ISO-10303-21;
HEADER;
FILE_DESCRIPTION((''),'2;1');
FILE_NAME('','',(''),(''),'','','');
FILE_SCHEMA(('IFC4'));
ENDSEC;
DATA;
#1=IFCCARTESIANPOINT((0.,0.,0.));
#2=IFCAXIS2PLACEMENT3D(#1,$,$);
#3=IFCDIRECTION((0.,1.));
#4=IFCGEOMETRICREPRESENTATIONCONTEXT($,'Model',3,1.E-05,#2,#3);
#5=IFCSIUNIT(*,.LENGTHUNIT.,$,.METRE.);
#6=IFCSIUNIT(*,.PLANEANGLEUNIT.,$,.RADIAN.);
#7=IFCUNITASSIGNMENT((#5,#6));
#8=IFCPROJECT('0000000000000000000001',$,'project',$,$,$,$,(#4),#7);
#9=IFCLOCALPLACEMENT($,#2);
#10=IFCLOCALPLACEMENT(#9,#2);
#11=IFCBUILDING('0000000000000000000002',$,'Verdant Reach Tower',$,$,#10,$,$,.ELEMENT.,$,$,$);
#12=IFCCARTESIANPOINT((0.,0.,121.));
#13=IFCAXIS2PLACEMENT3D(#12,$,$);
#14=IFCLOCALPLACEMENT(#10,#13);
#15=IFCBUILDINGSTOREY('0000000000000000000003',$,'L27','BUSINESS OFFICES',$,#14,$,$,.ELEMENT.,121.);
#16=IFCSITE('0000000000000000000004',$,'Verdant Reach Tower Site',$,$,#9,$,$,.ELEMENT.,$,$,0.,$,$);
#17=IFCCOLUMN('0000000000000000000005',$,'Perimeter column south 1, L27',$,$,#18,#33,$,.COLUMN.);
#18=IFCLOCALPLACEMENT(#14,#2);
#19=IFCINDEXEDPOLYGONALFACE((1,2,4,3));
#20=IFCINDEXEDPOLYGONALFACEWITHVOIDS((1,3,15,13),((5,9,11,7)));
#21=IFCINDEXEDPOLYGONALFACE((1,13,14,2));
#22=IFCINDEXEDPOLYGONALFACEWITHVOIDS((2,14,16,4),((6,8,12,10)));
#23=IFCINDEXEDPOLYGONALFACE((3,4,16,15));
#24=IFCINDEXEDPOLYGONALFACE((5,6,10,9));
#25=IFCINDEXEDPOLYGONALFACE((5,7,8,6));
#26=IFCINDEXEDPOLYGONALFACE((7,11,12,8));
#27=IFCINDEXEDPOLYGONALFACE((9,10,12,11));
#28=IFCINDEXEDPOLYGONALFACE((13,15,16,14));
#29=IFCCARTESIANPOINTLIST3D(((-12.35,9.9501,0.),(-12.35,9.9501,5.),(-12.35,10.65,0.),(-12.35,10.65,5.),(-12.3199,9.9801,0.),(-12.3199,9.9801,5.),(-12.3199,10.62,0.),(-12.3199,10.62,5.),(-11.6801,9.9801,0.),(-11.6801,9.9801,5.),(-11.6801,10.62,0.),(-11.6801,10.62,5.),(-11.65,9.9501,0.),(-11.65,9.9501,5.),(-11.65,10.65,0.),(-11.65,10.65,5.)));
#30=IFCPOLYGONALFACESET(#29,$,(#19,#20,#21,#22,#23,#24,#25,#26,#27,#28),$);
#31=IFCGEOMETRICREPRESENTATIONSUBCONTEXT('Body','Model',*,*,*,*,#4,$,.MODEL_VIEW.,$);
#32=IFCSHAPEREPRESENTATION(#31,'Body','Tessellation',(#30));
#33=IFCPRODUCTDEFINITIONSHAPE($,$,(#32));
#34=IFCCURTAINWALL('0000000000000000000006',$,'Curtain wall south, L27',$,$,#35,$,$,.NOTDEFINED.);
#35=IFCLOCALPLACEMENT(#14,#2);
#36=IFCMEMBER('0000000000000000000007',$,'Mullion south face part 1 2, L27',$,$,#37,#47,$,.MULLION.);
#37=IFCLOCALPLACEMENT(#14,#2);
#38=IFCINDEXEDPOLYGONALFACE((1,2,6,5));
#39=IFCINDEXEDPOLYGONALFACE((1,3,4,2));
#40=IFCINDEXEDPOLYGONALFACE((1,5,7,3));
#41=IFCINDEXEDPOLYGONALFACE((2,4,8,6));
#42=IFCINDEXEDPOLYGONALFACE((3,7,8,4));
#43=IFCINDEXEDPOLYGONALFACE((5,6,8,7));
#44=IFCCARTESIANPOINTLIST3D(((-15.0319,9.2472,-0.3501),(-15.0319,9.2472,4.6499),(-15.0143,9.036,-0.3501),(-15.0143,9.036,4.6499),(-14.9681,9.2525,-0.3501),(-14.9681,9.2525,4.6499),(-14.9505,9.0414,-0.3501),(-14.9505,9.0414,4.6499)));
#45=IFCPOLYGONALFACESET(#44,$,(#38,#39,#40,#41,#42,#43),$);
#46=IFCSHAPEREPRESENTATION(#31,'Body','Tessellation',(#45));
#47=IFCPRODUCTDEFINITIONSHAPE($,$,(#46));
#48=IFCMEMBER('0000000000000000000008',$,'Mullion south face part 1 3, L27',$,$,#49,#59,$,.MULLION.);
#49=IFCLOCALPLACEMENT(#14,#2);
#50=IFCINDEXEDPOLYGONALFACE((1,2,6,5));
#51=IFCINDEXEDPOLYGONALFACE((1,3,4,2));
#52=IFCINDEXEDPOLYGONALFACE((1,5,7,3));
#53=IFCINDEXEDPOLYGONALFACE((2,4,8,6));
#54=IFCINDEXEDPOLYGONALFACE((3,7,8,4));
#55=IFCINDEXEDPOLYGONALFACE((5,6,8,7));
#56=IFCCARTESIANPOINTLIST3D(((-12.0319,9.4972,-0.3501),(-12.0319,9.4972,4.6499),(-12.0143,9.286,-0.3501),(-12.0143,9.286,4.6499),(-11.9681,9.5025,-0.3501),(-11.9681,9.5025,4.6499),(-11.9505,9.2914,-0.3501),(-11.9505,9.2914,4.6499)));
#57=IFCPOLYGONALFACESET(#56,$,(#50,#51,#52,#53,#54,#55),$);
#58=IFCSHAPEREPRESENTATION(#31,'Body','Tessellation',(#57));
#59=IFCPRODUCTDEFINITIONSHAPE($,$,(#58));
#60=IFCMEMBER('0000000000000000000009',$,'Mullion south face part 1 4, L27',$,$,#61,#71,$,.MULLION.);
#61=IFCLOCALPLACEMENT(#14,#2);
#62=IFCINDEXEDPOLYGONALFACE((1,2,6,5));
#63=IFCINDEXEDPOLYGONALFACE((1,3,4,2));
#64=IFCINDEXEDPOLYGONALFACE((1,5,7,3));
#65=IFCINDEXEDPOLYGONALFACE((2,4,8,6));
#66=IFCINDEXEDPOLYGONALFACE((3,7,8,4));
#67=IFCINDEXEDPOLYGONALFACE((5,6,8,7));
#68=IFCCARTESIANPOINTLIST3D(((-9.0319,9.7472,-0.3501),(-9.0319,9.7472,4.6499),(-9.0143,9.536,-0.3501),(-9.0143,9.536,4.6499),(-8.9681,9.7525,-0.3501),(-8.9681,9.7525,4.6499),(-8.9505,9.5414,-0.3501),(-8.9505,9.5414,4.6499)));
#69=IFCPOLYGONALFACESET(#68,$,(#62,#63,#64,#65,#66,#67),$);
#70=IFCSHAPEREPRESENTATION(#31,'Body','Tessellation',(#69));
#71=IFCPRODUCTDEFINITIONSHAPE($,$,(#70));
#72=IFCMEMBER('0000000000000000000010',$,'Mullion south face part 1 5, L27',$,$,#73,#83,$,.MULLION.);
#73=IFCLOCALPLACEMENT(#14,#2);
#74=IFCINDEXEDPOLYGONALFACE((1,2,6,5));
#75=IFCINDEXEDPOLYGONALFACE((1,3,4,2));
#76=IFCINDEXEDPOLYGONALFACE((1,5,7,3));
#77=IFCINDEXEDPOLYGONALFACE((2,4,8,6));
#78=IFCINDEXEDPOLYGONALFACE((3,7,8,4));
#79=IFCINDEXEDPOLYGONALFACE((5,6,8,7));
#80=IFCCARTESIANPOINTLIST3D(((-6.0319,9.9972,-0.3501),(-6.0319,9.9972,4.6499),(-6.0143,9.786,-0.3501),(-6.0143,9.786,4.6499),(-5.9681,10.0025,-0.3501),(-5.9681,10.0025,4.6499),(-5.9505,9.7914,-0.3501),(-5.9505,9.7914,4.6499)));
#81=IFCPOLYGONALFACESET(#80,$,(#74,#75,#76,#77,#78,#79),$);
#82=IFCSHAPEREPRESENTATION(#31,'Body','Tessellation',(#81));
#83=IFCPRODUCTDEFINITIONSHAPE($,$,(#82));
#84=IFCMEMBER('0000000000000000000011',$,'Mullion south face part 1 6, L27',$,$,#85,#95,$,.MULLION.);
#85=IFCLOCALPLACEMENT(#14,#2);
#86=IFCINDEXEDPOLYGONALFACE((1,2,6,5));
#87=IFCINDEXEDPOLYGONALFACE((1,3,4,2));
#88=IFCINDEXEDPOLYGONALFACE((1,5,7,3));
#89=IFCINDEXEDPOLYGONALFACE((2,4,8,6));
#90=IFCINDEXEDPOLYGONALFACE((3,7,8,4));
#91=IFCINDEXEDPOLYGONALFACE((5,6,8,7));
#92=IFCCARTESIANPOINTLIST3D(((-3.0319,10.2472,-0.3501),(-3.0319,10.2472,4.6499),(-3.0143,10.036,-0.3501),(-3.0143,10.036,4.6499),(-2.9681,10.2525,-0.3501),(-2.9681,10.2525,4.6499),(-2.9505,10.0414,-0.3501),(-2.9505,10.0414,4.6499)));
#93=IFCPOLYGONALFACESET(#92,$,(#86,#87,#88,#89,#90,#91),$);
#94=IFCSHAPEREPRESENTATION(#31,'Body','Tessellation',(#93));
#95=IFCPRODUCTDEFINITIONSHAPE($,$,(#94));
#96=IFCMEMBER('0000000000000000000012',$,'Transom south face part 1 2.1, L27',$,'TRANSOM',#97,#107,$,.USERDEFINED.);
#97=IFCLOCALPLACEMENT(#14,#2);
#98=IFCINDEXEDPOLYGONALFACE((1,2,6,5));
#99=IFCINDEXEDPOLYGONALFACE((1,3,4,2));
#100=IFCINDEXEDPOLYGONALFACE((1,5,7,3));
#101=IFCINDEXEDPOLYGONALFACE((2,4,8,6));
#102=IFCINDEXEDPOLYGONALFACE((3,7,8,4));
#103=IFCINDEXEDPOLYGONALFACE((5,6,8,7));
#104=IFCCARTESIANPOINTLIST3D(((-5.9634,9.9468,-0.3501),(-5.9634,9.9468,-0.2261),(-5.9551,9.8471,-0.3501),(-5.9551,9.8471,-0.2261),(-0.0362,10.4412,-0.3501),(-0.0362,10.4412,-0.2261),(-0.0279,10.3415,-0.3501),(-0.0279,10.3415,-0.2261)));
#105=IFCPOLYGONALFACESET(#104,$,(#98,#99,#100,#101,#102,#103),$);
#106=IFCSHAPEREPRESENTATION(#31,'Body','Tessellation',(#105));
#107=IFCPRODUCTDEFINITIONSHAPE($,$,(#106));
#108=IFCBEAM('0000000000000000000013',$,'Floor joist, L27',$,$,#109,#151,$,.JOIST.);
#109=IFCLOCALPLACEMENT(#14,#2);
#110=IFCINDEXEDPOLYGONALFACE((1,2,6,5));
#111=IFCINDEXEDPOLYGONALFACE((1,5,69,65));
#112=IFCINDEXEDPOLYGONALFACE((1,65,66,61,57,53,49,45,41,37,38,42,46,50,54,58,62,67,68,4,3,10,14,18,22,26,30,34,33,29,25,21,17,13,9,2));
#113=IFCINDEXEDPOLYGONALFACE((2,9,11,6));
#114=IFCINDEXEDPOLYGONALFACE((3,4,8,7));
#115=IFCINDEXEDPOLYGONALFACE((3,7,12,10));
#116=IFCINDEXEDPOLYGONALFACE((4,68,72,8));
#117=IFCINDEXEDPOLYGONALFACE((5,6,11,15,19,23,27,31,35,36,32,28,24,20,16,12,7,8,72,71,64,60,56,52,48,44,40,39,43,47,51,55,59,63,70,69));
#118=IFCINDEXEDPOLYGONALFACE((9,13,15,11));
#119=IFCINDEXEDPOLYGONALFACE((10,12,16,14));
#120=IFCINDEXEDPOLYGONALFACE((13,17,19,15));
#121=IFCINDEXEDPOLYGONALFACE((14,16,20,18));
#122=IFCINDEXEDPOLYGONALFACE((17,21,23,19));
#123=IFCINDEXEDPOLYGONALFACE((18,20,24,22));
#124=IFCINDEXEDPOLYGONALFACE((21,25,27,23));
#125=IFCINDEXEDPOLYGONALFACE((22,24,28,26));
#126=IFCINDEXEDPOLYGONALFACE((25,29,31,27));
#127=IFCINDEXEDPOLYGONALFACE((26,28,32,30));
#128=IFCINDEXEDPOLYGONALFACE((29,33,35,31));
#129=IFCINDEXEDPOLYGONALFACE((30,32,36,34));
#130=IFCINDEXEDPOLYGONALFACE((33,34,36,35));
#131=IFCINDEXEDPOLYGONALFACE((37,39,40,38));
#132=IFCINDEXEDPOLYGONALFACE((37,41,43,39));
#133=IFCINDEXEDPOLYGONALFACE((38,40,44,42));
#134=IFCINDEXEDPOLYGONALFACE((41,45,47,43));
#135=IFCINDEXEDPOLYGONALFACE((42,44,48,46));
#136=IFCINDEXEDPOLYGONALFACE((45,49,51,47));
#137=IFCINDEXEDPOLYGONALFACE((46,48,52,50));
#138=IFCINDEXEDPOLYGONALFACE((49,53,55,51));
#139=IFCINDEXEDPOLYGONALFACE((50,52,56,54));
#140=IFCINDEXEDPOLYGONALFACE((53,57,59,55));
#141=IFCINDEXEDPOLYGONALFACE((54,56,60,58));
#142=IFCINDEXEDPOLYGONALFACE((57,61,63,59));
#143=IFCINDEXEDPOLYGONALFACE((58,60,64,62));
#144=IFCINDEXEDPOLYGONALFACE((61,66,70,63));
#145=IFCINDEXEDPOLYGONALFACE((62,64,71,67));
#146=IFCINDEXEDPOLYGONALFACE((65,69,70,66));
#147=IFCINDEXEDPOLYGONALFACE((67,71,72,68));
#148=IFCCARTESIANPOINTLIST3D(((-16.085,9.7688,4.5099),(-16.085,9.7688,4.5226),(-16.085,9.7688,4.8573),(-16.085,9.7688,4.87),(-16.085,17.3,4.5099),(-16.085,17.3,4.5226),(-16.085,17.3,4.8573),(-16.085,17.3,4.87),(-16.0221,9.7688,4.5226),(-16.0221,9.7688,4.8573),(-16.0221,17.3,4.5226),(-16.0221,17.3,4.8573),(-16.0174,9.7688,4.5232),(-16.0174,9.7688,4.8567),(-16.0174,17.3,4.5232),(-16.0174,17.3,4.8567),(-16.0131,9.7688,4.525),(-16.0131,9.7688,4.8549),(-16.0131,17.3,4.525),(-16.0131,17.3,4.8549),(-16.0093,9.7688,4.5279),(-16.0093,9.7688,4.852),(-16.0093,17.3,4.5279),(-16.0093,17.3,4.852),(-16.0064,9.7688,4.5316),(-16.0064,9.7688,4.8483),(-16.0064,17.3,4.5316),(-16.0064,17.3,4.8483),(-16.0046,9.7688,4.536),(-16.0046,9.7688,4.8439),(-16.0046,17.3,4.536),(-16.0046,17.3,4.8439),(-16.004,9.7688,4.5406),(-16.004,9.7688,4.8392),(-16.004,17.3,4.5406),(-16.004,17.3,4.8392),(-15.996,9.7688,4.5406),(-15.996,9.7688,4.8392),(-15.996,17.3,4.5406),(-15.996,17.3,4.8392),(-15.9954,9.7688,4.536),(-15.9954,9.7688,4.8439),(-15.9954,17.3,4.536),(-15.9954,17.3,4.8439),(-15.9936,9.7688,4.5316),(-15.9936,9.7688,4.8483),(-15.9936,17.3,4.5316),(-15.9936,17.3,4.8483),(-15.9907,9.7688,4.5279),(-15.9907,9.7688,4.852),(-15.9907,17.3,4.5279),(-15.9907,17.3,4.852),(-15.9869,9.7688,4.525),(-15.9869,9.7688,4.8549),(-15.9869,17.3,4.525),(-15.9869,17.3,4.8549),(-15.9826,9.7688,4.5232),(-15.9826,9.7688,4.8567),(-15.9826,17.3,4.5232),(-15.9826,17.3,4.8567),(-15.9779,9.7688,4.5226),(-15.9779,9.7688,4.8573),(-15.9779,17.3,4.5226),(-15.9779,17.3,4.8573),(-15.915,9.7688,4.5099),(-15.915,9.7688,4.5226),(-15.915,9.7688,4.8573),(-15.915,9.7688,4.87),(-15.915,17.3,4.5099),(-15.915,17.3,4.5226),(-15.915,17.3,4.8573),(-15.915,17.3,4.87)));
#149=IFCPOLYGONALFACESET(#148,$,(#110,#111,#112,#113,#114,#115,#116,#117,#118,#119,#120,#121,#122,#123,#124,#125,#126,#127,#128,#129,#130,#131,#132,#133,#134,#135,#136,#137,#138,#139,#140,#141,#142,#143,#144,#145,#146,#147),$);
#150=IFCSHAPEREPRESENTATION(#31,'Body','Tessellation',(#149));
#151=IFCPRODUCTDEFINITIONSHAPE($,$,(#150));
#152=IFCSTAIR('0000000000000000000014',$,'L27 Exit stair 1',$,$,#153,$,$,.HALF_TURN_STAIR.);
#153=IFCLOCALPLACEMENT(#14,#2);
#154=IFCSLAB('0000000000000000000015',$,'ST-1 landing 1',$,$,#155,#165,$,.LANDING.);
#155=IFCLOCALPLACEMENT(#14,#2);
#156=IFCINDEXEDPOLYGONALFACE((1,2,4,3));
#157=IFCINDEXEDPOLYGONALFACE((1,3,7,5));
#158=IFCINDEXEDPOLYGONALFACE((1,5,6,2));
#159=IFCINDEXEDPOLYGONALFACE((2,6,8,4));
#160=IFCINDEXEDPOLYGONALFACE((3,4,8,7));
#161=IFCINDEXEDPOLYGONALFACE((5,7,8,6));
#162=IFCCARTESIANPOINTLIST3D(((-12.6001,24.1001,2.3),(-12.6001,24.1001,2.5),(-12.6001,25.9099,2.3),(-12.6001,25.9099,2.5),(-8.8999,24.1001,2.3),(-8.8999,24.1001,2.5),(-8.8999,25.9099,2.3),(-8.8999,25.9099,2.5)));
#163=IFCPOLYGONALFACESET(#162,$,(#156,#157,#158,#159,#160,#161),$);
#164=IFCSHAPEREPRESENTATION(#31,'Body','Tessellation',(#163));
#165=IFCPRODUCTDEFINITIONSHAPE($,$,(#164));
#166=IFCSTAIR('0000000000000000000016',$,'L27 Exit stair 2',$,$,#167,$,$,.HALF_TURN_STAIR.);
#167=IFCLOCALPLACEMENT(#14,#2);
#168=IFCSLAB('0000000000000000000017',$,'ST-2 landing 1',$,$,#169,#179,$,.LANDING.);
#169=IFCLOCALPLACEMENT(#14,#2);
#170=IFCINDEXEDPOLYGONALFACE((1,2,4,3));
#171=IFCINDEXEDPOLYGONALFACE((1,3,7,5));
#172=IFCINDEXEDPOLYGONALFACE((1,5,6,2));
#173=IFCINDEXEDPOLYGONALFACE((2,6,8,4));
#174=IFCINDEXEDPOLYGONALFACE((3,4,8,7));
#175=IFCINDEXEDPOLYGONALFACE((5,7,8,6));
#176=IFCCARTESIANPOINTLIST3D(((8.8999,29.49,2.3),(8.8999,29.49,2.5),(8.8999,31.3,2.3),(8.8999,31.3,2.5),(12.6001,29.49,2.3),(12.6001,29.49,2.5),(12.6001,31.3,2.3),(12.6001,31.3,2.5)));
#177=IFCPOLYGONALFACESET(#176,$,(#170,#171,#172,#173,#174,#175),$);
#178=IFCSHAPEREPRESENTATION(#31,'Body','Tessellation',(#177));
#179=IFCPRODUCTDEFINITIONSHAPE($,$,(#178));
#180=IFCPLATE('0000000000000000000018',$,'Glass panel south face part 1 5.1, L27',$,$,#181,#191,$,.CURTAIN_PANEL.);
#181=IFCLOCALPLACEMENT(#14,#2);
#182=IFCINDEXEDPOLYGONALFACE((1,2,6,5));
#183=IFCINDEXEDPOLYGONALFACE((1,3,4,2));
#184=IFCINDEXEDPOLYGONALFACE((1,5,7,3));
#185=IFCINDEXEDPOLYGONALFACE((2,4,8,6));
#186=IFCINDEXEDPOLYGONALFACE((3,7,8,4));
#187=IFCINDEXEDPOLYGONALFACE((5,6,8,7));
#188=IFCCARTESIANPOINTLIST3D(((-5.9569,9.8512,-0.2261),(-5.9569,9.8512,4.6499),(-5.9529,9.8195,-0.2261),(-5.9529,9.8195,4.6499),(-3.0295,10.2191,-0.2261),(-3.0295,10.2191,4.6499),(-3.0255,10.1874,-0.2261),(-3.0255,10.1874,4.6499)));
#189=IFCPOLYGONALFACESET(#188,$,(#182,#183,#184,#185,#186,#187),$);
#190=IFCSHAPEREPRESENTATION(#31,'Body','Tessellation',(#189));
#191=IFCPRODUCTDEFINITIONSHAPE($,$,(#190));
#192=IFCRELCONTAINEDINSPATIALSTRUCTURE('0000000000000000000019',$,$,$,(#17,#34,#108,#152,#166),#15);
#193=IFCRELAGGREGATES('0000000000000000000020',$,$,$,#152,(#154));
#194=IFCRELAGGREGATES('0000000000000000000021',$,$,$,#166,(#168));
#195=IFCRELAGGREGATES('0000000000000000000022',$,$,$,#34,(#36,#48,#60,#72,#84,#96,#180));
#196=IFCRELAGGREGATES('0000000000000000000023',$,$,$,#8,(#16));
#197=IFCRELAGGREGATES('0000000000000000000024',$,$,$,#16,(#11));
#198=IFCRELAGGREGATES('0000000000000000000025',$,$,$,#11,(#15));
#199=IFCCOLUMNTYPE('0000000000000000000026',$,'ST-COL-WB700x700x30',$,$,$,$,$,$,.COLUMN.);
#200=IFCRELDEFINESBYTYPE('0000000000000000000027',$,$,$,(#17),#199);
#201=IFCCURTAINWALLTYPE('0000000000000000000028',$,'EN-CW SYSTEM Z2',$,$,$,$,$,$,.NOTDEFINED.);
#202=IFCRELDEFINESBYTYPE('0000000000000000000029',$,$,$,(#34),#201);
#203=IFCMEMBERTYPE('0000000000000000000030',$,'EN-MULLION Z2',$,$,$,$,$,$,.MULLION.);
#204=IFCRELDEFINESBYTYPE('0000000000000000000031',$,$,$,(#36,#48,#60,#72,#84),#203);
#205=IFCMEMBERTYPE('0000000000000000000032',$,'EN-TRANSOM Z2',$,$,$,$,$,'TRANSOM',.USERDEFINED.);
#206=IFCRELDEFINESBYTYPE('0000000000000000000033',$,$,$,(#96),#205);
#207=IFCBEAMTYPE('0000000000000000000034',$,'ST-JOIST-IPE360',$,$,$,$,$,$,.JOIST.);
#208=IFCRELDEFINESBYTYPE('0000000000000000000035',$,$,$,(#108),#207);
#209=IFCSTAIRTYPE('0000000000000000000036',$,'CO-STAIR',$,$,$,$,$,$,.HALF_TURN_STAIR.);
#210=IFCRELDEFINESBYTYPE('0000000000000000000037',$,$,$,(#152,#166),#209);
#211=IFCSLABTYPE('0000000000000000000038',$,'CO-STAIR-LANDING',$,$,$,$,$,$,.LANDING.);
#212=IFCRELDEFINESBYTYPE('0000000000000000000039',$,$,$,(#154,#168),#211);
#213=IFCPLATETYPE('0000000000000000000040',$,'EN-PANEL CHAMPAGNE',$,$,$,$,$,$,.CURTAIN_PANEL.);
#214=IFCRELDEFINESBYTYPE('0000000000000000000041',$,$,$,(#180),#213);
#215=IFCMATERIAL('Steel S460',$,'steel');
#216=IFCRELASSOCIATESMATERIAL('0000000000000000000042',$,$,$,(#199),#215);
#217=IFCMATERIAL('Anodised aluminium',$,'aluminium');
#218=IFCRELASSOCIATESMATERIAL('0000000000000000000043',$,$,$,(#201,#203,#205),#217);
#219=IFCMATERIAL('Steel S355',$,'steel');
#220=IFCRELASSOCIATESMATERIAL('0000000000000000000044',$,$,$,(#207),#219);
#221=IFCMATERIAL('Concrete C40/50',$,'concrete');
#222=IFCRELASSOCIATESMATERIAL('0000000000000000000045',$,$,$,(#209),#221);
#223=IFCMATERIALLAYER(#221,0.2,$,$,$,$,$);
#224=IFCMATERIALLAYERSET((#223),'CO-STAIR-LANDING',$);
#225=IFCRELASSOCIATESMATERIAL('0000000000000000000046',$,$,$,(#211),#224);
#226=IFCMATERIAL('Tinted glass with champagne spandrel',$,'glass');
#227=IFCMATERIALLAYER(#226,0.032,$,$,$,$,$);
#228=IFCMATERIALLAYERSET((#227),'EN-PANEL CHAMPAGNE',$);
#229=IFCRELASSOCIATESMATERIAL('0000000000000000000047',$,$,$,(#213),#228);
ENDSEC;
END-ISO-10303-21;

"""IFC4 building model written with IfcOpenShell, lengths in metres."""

from ifc_helpers import new_model, si_unit, direction, frame, origin, origin_2d, place, context, subcontext, project, spatial, polyline, rectangle, hollow_rectangle, i_section, outline, extrude, material, layer, layer_set, material_profile, profile_set, type_object, element, aggregate, save


model = new_model("IFC4")

# Units and contexts
model_context = context("Model", 3, precision=1e-05, world=origin(), true_north=direction((0.0, 1.0)))
body_context = subcontext(model_context, "Body", "Model", "MODEL_VIEW")
ifc_project = project(units=[si_unit("LENGTHUNIT", "METRE"), si_unit("PLANEANGLEUNIT", "RADIAN")], contexts=[model_context])

# Site, building, storey
site_placement = place(None, origin())
site = spatial("IfcSite", under=ifc_project, at=site_placement, Name="Verdant Reach Tower Site", CompositionType="ELEMENT", RefElevation=0.0)
building_placement = place(site_placement, origin())
building = spatial("IfcBuilding", under=site, at=building_placement, Name="Verdant Reach Tower", CompositionType="ELEMENT")
storey_placement = place(building_placement, frame((0.0, 0.0, 121.0)))
storey = spatial("IfcBuildingStorey", under=building, at=storey_placement, Name="L27", Description="BUSINESS OFFICES", CompositionType="ELEMENT", Elevation=121.0)

# Column
ifc_material_1 = material(Name="Steel S460", Category="steel")
ifc_material_profile_1 = material_profile(ifc_material_1, hollow_rectangle(XDim=0.7, YDim=0.7, WallThickness=0.03, at=origin_2d()), Name="WB 700x700x30")
ifc_profile_set_1 = profile_set([ifc_material_profile_1], Name="Steel S460")
column_type = type_object("IfcColumnType", Name="ST-COL-WB700x700x30", PredefinedType="COLUMN", material=ifc_profile_set_1)
column_placement = place(storey_placement, frame((-12.0, 10.3, 0.0), z_axis=(0.0, 0.0, 1.0), x_axis=(1.0, 0.0, 0.0)))
element("IfcColumn", 1, at=column_placement, inside=storey, type_object=column_type, Name="Perimeter column south 1, L27", PredefinedType="COLUMN", context=body_context, shape_type="SweptSolid", body=[
    extrude(hollow_rectangle(XDim=0.7, YDim=0.7, WallThickness=0.03, at=origin_2d()), origin(), (0.0, 0.0, 1.0), 5.0),
])

# Curtain wall, members
ifc_material_2 = material(Name="Anodised aluminium", Category="aluminium")
curtain_wall_type = type_object("IfcCurtainWallType", Name="EN-CW SYSTEM Z2", PredefinedType="NOTDEFINED", material=ifc_material_2)
curtain_wall_placement = place(storey_placement, origin())
curtain_wall = element("IfcCurtainWall", 2, at=curtain_wall_placement, inside=storey, type_object=curtain_wall_type, Name="Curtain wall south, L27", PredefinedType="NOTDEFINED")
ifc_material_profile_2 = material_profile(ifc_material_2, rectangle(XDim=0.2119, YDim=0.064, at=origin_2d()), Name="Mullion 64x212")
ifc_profile_set_2 = profile_set([ifc_material_profile_2], Name="Anodised aluminium")
member_type_1 = type_object("IfcMemberType", Name="EN-MULLION Z2", PredefinedType="MULLION", material=ifc_profile_set_2)
member_1_placement = place(storey_placement, frame((-14.9912, 9.1443, -0.3501), z_axis=(0.0, 0.0, 1.0), x_axis=(0.083045, -0.996546, 0.0)))
member_1 = element("IfcMember", 3, at=member_1_placement, type_object=member_type_1, Name="Mullion south face part 1 2, L27", PredefinedType="MULLION", context=body_context, shape_type="SweptSolid", body=[
    extrude(rectangle(XDim=0.2119, YDim=0.064, at=origin_2d()), origin(), (0.0, 0.0, 1.0), 5.0),
])
member_2_placement = place(storey_placement, frame((-11.9912, 9.3943, -0.3501), z_axis=(0.0, 0.0, 1.0), x_axis=(0.083045, -0.996546, 0.0)))
member_2 = element("IfcMember", 4, at=member_2_placement, type_object=member_type_1, Name="Mullion south face part 1 3, L27", PredefinedType="MULLION", context=body_context, shape_type="SweptSolid", body=[
    extrude(rectangle(XDim=0.2119, YDim=0.064, at=origin_2d()), origin(), (0.0, 0.0, 1.0), 5.0),
])
member_3_placement = place(storey_placement, frame((-8.9912, 9.6443, -0.3501), z_axis=(0.0, 0.0, 1.0), x_axis=(0.083045, -0.996546, 0.0)))
member_3 = element("IfcMember", 5, at=member_3_placement, type_object=member_type_1, Name="Mullion south face part 1 4, L27", PredefinedType="MULLION", context=body_context, shape_type="SweptSolid", body=[
    extrude(rectangle(XDim=0.2119, YDim=0.064, at=origin_2d()), origin(), (0.0, 0.0, 1.0), 5.0),
])
member_4_placement = place(storey_placement, frame((-5.9912, 9.8943, -0.3501), z_axis=(0.0, 0.0, 1.0), x_axis=(0.083045, -0.996546, 0.0)))
member_4 = element("IfcMember", 6, at=member_4_placement, type_object=member_type_1, Name="Mullion south face part 1 5, L27", PredefinedType="MULLION", context=body_context, shape_type="SweptSolid", body=[
    extrude(rectangle(XDim=0.2119, YDim=0.064, at=origin_2d()), origin(), (0.0, 0.0, 1.0), 5.0),
])
member_5_placement = place(storey_placement, frame((-2.9912, 10.1443, -0.3501), z_axis=(0.0, 0.0, 1.0), x_axis=(0.083045, -0.996546, 0.0)))
member_5 = element("IfcMember", 7, at=member_5_placement, type_object=member_type_1, Name="Mullion south face part 1 6, L27", PredefinedType="MULLION", context=body_context, shape_type="SweptSolid", body=[
    extrude(rectangle(XDim=0.2119, YDim=0.064, at=origin_2d()), origin(), (0.0, 0.0, 1.0), 5.0),
])
ifc_material_profile_3 = material_profile(ifc_material_2, rectangle(XDim=0.1001, YDim=0.124, at=origin_2d()), Name="Transom 124x100")
ifc_profile_set_3 = profile_set([ifc_material_profile_3], Name="Anodised aluminium")
member_type_2 = type_object("IfcMemberType", Name="EN-TRANSOM Z2", ElementType="TRANSOM", PredefinedType="USERDEFINED", material=ifc_profile_set_3)
member_6_placement = place(storey_placement, frame((-5.9592, 9.897, -0.2881), z_axis=(0.99654, 0.08312, 0.0), x_axis=(-0.08312, 0.99654, 0.0)))
member_6 = element("IfcMember", 8, at=member_6_placement, type_object=member_type_2, Name="Transom south face part 1 2.1, L27", ObjectType="TRANSOM", PredefinedType="USERDEFINED", context=body_context, shape_type="SweptSolid", body=[
    extrude(rectangle(XDim=0.1001, YDim=0.124, at=origin_2d()), origin(), (0.0, 0.0, 1.0), 5.9478),
])

# Beam
ifc_material_3 = material(Name="Steel S355", Category="steel")
ifc_material_profile_4 = material_profile(ifc_material_3, i_section(OverallWidth=0.1699, OverallDepth=0.3601, WebThickness=0.0081, FlangeThickness=0.0127, FilletRadius=0.0181, at=origin_2d()), Name="IPE 360")
ifc_profile_set_4 = profile_set([ifc_material_profile_4], Name="Steel S355")
beam_type = type_object("IfcBeamType", Name="ST-JOIST-IPE360", PredefinedType="JOIST", material=ifc_profile_set_4)
beam_placement = place(storey_placement, frame((-16.0, 17.3, 4.6899), z_axis=(0.0, -1.0, 0.0), x_axis=(1.0, 0.0, 0.0)))
element("IfcBeam", 9, at=beam_placement, inside=storey, type_object=beam_type, Name="Floor joist, L27", PredefinedType="JOIST", context=body_context, shape_type="SweptSolid", body=[
    extrude(i_section(OverallWidth=0.1699, OverallDepth=0.3601, WebThickness=0.0081, FlangeThickness=0.0127, FilletRadius=0.0181, at=origin_2d()), origin(), (0.0, 0.0, 1.0), 7.5312),
])

# Stairs, slabs
ifc_material_4 = material(Name="Concrete C40/50", Category="concrete")
stair_type = type_object("IfcStairType", Name="CO-STAIR", PredefinedType="HALF_TURN_STAIR", material=ifc_material_4)
stair_1_placement = place(storey_placement, origin())
stair_1 = element("IfcStair", 10, at=stair_1_placement, inside=storey, type_object=stair_type, Name="L27 Exit stair 1", PredefinedType="HALF_TURN_STAIR")
ifc_layer_1 = layer(ifc_material_4, 0.2)
ifc_layer_set_1 = layer_set([ifc_layer_1], Name="CO-STAIR-LANDING")
slab_type_1 = type_object("IfcSlabType", Name="CO-STAIR-LANDING", PredefinedType="LANDING", material=ifc_layer_set_1)
slab_1_placement = place(storey_placement, frame((0.0, 0.0, 2.3)))
slab_1 = element("IfcSlab", 11, at=slab_1_placement, type_object=slab_type_1, Name="ST-1 landing 1", PredefinedType="LANDING", context=body_context, shape_type="SweptSolid", body=[
    extrude(outline(polyline([(-12.6001, 25.9099), (-12.6001, 24.1001), (-8.8999, 24.1001), (-8.8999, 25.9099), (-12.6001, 25.9099)])), origin(), (0.0, 0.0, 1.0), 0.2),
])
aggregate(stair_1, [slab_1])
stair_2_placement = place(storey_placement, origin())
stair_2 = element("IfcStair", 12, at=stair_2_placement, inside=storey, type_object=stair_type, Name="L27 Exit stair 2", PredefinedType="HALF_TURN_STAIR")
slab_2_placement = place(storey_placement, frame((0.0, 0.0, 2.3)))
slab_2 = element("IfcSlab", 13, at=slab_2_placement, type_object=slab_type_1, Name="ST-2 landing 1", PredefinedType="LANDING", context=body_context, shape_type="SweptSolid", body=[
    extrude(outline(polyline([(12.6001, 29.49), (12.6001, 31.3), (8.8999, 31.3), (8.8999, 29.49), (12.6001, 29.49)])), origin(), (0.0, 0.0, 1.0), 0.2),
])
aggregate(stair_2, [slab_2])

# Plate
ifc_material_5 = material(Name="Tinted glass with champagne spandrel", Category="glass")
ifc_layer_2 = layer(ifc_material_5, 0.032)
ifc_layer_set_2 = layer_set([ifc_layer_2], Name="EN-PANEL CHAMPAGNE")
plate_type_1 = type_object("IfcPlateType", Name="EN-PANEL CHAMPAGNE", PredefinedType="CURTAIN_PANEL", material=ifc_layer_set_2)
plate_1_placement = place(storey_placement, frame((-4.4912, 10.0193, -0.2261), z_axis=(0.0, 0.0, 1.0), x_axis=(0.992194, 0.124704, 0.0)))
plate_1 = element("IfcPlate", 14, at=plate_1_placement, type_object=plate_type_1, Name="Glass panel south face part 1 5.1, L27", PredefinedType="CURTAIN_PANEL", context=body_context, shape_type="SweptSolid", body=[
    extrude(rectangle(XDim=2.9504, YDim=0.032, at=origin_2d()), origin(), (0.0, 0.0, 1.0), 4.876),
])
aggregate(curtain_wall, [member_1, member_2, member_3, member_4, member_5, member_6, plate_1])

save(model, "model.ifc")
